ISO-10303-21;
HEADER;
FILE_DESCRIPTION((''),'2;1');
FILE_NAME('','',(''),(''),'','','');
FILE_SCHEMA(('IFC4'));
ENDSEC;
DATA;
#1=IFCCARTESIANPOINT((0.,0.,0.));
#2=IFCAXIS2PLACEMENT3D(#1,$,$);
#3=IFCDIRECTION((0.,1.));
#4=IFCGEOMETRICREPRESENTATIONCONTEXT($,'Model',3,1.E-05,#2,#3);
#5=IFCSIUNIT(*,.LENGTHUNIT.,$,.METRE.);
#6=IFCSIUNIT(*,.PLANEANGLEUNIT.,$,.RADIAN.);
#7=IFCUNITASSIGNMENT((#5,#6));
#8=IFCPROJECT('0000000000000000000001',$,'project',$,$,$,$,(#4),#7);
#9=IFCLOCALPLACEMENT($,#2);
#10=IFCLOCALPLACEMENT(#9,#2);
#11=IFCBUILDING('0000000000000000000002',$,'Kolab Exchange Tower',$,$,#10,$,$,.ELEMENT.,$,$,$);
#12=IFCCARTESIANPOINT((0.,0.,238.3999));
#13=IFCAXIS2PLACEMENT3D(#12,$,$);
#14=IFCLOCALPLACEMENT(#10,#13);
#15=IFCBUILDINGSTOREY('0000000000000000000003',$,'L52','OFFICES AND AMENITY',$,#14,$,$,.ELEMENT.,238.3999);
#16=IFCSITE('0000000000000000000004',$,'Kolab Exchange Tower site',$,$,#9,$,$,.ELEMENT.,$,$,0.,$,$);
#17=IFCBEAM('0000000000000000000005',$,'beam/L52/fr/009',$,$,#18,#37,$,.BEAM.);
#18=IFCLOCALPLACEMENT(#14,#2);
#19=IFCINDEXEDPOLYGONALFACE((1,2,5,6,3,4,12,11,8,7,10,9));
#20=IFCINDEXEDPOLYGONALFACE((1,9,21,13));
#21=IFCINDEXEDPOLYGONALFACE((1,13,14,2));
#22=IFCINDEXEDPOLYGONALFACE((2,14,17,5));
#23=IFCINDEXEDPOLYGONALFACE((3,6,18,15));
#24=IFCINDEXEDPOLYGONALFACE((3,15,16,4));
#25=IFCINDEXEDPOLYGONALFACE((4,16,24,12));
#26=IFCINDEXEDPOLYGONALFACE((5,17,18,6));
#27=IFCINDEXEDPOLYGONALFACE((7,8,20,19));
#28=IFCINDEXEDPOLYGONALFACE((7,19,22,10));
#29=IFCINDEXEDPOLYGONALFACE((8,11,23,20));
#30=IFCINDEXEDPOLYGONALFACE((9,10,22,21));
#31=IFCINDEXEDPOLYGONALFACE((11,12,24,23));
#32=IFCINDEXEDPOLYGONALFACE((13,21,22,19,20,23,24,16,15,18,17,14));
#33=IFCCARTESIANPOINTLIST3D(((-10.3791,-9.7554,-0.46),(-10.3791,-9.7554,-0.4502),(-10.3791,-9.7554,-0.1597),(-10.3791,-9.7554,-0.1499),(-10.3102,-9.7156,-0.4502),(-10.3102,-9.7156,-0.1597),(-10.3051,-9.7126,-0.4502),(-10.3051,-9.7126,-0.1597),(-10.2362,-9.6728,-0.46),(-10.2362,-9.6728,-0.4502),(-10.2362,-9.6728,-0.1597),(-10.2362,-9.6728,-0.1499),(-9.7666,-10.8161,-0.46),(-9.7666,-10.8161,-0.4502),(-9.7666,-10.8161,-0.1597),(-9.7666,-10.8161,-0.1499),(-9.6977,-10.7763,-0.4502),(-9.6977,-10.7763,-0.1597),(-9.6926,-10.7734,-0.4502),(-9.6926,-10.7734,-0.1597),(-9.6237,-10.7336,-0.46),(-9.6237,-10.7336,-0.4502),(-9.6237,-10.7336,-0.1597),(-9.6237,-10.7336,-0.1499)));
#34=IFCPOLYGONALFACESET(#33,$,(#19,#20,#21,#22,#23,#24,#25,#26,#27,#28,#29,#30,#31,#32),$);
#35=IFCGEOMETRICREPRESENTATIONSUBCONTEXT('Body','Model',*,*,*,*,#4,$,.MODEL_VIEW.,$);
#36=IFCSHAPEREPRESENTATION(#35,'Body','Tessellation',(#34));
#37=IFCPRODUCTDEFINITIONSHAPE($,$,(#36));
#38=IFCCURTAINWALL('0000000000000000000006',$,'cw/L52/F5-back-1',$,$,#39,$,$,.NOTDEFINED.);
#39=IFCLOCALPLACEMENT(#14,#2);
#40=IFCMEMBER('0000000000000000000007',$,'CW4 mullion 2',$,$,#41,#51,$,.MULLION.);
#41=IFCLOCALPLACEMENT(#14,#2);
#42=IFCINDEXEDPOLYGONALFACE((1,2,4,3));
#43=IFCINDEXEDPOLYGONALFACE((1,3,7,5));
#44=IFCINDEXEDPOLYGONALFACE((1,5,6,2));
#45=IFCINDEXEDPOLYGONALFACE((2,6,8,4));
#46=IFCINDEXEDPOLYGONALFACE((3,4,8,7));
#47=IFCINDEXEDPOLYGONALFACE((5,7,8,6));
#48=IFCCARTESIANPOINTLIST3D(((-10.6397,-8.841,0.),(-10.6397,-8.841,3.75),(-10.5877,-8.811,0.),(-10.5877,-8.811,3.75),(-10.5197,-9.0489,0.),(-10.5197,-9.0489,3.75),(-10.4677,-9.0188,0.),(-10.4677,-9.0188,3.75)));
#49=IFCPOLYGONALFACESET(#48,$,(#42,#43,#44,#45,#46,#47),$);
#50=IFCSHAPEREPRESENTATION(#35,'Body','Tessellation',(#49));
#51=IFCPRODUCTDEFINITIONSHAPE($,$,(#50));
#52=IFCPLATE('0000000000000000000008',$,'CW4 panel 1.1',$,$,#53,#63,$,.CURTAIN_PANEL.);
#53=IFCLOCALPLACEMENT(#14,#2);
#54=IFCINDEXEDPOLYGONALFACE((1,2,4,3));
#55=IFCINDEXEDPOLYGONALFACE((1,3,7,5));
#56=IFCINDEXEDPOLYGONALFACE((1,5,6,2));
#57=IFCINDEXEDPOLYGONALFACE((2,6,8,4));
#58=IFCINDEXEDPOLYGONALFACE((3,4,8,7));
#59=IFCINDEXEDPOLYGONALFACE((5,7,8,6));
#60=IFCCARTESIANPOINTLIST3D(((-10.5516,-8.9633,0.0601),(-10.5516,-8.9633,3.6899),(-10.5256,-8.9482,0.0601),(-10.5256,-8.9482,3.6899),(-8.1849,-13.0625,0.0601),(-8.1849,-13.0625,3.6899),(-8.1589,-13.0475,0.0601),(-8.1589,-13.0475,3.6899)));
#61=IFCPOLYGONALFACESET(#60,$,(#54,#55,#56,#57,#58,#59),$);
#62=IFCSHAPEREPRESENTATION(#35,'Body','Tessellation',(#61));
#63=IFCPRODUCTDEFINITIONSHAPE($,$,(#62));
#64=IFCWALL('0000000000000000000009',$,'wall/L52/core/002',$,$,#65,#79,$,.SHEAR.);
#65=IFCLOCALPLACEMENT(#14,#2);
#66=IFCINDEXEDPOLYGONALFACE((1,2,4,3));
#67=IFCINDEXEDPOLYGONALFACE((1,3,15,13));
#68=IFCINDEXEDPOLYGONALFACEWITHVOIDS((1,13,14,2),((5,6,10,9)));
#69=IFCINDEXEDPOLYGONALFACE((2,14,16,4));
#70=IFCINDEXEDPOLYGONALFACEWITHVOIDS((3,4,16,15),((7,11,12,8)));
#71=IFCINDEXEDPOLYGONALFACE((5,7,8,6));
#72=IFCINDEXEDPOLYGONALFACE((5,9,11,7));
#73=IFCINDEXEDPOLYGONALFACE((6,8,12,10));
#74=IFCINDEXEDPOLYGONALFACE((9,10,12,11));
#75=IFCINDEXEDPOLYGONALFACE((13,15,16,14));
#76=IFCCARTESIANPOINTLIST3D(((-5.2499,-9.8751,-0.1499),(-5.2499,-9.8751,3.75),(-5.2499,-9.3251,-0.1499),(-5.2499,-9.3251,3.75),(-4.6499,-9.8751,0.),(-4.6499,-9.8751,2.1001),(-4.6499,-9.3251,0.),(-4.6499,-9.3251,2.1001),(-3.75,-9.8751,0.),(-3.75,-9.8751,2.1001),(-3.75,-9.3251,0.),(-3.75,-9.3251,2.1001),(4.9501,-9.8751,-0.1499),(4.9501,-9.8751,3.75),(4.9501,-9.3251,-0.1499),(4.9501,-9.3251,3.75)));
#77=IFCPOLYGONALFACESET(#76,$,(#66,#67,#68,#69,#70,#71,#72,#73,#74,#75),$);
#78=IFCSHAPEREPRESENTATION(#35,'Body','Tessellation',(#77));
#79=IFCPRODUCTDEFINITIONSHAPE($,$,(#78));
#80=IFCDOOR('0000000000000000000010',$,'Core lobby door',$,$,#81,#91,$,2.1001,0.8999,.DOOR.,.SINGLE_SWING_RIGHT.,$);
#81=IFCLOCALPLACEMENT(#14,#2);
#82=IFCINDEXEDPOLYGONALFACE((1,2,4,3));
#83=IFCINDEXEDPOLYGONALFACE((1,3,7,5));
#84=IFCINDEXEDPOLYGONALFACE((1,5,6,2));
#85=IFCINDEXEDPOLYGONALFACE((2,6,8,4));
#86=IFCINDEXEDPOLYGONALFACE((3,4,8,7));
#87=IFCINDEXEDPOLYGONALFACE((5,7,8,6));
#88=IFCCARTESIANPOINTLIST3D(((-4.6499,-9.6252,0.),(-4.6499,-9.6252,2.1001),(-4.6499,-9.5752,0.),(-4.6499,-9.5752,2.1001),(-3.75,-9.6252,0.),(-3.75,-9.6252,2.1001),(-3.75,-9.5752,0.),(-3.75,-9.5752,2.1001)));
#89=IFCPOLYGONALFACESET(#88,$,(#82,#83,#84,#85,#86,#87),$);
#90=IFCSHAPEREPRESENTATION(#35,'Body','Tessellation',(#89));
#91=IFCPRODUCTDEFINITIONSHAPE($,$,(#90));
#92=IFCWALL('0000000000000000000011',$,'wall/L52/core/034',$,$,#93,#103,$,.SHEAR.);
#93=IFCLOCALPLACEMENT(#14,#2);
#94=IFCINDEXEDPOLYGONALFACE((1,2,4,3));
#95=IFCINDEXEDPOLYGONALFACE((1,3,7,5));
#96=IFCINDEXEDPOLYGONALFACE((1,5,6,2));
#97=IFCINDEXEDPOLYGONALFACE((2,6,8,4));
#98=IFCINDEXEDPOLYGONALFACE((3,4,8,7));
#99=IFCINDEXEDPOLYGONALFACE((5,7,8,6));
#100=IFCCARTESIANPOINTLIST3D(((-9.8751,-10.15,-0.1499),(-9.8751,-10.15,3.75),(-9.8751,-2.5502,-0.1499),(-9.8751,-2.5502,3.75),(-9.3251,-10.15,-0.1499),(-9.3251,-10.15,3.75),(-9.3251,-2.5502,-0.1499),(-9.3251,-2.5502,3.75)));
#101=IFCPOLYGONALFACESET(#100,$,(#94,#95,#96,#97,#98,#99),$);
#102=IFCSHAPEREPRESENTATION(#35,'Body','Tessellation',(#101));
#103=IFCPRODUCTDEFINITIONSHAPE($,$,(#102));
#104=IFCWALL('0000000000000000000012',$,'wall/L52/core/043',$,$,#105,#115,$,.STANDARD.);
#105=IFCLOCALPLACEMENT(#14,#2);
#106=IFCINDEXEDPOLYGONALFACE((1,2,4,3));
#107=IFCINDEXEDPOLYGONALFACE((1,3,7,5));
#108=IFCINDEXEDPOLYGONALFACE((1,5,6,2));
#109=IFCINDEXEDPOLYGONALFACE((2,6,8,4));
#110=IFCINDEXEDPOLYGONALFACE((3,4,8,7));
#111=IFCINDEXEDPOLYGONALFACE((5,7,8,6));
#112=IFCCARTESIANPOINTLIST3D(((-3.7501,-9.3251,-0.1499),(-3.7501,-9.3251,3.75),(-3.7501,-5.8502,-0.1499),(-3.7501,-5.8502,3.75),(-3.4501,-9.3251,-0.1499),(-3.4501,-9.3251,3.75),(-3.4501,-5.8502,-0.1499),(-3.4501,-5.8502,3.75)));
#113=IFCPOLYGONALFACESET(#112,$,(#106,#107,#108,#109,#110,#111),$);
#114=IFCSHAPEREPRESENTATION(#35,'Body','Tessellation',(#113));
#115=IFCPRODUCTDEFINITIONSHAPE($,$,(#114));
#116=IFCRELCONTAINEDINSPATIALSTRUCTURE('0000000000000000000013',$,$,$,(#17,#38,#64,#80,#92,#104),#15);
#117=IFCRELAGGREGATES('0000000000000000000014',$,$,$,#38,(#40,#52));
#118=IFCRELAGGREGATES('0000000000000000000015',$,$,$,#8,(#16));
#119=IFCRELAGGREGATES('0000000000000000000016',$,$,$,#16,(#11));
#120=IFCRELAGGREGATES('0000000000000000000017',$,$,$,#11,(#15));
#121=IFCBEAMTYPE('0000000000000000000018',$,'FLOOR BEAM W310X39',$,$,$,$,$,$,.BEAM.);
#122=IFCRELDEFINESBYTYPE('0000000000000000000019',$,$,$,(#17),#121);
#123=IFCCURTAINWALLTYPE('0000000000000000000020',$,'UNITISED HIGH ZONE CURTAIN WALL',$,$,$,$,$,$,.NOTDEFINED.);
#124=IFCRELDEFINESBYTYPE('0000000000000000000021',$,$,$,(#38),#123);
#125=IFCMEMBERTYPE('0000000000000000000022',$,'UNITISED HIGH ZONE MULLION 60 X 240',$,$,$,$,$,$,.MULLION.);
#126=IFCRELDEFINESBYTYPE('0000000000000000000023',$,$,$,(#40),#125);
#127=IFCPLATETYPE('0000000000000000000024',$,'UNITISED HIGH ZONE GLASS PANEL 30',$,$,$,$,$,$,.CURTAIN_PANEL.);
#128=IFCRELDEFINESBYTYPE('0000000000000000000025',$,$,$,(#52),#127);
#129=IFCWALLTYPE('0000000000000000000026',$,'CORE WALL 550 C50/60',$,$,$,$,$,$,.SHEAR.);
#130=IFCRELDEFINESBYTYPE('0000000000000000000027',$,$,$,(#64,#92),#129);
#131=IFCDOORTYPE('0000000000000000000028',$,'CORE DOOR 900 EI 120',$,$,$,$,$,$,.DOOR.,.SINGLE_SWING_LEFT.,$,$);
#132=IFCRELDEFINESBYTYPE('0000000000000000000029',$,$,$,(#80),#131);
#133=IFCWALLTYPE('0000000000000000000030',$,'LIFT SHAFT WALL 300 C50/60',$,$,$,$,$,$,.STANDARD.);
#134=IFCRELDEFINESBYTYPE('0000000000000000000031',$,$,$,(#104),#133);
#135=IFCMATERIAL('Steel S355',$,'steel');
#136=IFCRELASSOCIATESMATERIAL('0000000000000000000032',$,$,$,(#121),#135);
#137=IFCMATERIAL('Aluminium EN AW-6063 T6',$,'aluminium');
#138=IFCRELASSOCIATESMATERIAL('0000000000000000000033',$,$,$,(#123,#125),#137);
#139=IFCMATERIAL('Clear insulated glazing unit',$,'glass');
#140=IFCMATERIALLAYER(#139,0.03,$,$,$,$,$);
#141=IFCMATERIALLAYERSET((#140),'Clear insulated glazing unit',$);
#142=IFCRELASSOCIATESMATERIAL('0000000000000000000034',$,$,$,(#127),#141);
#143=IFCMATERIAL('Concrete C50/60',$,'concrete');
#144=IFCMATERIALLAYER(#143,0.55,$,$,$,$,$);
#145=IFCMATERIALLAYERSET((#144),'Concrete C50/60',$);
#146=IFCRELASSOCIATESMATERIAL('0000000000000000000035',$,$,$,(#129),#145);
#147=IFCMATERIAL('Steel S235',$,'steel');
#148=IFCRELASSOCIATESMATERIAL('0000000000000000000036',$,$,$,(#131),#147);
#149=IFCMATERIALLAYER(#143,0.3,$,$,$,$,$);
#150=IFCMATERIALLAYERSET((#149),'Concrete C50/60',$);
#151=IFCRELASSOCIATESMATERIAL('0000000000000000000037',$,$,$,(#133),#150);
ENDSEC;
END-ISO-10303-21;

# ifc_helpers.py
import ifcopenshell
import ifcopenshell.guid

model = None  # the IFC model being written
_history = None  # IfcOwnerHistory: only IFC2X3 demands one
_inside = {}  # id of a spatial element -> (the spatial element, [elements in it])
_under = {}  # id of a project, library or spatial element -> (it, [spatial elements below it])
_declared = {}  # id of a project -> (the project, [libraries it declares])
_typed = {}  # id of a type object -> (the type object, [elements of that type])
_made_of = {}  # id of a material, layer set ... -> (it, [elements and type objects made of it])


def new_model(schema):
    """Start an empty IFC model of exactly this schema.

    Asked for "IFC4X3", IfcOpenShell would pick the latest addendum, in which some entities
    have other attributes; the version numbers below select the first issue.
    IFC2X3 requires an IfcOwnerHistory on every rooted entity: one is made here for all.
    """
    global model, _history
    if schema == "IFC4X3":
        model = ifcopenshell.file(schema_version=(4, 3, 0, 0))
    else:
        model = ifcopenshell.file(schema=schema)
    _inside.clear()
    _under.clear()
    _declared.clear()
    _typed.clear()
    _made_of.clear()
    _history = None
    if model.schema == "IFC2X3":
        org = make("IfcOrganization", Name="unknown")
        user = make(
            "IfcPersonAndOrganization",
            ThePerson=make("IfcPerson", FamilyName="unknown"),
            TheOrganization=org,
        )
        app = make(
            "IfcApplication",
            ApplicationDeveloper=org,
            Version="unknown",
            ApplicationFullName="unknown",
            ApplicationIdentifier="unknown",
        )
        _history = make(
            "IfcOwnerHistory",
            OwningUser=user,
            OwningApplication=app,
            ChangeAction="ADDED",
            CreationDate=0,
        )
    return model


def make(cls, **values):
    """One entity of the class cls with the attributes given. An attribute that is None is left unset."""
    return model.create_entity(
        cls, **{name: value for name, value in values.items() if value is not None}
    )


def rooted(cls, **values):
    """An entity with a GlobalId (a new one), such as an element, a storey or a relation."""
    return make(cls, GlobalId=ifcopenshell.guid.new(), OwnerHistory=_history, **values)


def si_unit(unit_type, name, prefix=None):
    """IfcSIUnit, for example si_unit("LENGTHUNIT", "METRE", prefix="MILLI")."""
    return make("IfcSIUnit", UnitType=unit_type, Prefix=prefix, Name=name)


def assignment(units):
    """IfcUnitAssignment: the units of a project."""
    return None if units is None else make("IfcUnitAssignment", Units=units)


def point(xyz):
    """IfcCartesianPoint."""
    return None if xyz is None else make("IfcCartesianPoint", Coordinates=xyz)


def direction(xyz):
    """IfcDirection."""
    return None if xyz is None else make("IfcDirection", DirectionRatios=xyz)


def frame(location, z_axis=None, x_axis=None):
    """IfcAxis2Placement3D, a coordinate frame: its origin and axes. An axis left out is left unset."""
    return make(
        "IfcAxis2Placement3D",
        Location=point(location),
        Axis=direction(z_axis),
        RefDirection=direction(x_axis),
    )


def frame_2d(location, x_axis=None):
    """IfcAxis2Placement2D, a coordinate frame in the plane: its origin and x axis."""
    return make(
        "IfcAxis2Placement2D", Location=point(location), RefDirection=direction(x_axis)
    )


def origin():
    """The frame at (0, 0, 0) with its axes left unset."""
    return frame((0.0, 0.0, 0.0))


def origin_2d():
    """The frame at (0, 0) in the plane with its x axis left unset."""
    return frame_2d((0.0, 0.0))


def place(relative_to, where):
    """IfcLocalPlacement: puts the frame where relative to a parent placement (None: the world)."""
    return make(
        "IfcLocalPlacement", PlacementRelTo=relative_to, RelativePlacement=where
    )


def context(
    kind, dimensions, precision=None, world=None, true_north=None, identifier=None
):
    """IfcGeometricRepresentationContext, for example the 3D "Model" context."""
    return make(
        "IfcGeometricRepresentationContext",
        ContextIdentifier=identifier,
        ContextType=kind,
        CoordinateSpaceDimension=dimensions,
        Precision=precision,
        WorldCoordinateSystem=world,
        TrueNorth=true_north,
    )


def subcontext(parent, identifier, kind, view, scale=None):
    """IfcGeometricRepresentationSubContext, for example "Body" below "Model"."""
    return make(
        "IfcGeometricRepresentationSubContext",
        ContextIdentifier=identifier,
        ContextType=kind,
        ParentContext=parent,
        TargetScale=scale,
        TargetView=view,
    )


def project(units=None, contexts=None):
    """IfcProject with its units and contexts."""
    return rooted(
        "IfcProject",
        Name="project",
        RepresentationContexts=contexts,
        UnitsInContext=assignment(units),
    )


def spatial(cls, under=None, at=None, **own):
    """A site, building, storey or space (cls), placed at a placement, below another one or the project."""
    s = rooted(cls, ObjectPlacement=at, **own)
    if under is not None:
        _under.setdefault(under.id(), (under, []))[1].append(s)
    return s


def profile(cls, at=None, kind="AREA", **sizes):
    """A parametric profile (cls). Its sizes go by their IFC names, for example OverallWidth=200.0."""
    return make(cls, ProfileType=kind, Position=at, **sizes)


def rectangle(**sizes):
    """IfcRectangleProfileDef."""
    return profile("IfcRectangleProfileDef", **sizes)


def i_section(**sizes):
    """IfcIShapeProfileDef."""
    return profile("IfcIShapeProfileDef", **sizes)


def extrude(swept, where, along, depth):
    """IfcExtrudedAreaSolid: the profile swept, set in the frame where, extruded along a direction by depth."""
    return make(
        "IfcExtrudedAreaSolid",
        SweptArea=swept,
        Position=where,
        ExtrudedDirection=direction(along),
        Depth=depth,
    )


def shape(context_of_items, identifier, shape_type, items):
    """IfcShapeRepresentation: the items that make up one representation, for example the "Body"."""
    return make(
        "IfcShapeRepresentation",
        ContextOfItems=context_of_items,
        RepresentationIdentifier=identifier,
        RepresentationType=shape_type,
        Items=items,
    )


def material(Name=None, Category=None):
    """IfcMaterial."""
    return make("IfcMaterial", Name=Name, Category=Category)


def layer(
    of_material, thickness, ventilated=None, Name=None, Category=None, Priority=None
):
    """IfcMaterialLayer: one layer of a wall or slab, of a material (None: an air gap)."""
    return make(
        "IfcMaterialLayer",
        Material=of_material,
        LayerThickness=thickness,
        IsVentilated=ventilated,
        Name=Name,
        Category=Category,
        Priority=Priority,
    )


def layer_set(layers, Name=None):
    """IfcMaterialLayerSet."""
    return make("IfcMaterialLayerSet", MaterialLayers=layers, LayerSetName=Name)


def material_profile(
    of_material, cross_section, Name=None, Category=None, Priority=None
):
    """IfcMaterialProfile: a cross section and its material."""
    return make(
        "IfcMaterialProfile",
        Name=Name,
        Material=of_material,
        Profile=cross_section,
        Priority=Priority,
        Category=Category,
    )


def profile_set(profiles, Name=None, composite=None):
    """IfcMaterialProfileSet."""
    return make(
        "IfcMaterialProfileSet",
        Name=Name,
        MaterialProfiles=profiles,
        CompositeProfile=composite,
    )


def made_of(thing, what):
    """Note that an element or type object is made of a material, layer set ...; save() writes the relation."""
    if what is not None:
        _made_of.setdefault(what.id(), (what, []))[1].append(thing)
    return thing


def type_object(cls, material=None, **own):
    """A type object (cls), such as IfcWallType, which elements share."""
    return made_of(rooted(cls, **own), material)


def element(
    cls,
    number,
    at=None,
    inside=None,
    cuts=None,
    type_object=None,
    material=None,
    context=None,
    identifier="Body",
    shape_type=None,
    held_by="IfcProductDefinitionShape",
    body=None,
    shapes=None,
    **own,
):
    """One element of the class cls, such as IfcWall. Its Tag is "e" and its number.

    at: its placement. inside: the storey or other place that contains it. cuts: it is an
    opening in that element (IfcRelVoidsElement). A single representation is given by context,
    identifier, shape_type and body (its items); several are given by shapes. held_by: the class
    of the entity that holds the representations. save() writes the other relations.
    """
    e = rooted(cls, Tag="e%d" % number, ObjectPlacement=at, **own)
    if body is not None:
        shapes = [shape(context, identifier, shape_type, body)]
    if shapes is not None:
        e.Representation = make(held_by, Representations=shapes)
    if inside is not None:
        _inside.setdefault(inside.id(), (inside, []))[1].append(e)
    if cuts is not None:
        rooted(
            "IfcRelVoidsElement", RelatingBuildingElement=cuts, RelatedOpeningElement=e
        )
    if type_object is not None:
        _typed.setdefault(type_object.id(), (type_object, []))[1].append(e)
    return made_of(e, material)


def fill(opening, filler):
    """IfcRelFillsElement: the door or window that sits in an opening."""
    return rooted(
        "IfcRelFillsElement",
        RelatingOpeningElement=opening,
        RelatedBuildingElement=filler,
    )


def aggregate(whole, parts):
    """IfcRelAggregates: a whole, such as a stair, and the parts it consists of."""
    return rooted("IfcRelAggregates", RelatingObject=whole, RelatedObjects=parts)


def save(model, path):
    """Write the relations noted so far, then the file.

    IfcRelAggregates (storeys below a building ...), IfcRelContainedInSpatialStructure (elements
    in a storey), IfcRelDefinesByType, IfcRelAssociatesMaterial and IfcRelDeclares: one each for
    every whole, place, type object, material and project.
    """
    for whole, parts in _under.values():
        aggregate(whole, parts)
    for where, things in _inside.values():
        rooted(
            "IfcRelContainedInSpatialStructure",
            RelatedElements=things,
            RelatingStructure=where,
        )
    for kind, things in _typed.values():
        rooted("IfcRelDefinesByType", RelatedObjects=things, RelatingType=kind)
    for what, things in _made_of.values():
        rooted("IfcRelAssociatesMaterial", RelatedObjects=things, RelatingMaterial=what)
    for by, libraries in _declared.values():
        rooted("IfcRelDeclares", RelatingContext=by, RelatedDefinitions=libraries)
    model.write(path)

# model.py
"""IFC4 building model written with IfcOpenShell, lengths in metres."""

from ifc_helpers import new_model, si_unit, direction, frame, frame_2d, origin, origin_2d, place, context, subcontext, project, spatial, rectangle, i_section, extrude, material, layer, layer_set, material_profile, profile_set, type_object, element, fill, aggregate, save


model = new_model("IFC4")

# Units and contexts
model_context = context("Model", 3, precision=1e-05, world=origin(), true_north=direction((0.0, 1.0)))
body_context = subcontext(model_context, "Body", "Model", "MODEL_VIEW")
ifc_project = project(units=[si_unit("LENGTHUNIT", "METRE"), si_unit("PLANEANGLEUNIT", "RADIAN")], contexts=[model_context])

# Site, building, storey
site_placement = place(None, origin())
site = spatial("IfcSite", under=ifc_project, at=site_placement, Name="Kolab Exchange Tower site", CompositionType="ELEMENT", RefElevation=0.0)
building_placement = place(site_placement, origin())
building = spatial("IfcBuilding", under=site, at=building_placement, Name="Kolab Exchange Tower", CompositionType="ELEMENT")
storey_placement = place(building_placement, frame((0.0, 0.0, 238.3999)))
storey = spatial("IfcBuildingStorey", under=building, at=storey_placement, Name="L52", Description="OFFICES AND AMENITY", CompositionType="ELEMENT", Elevation=238.3999)

# Beam
ifc_material_1 = material(Name="Steel S355", Category="steel")
ifc_material_profile_1 = material_profile(ifc_material_1, i_section(OverallWidth=0.165, OverallDepth=0.3101, WebThickness=0.0059, FlangeThickness=0.0098, at=origin_2d()), Name="W310X39")
ifc_profile_set_1 = profile_set([ifc_material_profile_1], Name="Steel S355")
beam_type = type_object("IfcBeamType", Name="FLOOR BEAM W310X39", PredefinedType="BEAM", material=ifc_profile_set_1)
beam_placement = place(storey_placement, frame((-10.3076, -9.7141, -0.3049), z_axis=(0.500062, -0.86599, 0.0), x_axis=(0.86599, 0.500062, 0.0)))
element("IfcBeam", 1, at=beam_placement, inside=storey, type_object=beam_type, Name="beam/L52/fr/009", PredefinedType="BEAM", context=body_context, shape_type="SweptSolid", body=[
    extrude(i_section(OverallWidth=0.165, OverallDepth=0.3101, WebThickness=0.0059, FlangeThickness=0.0098, at=origin_2d()), origin(), (0.0, 0.0, 1.0), 1.2249),
])

# Curtain wall, member, plate
ifc_material_2 = material(Name="Aluminium EN AW-6063 T6", Category="aluminium")
curtain_wall_type = type_object("IfcCurtainWallType", Name="UNITISED HIGH ZONE CURTAIN WALL", PredefinedType="NOTDEFINED", material=ifc_material_2)
curtain_wall_placement = place(storey_placement, origin())
curtain_wall = element("IfcCurtainWall", 2, at=curtain_wall_placement, inside=storey, type_object=curtain_wall_type, Name="cw/L52/F5-back-1", PredefinedType="NOTDEFINED")
ifc_material_profile_2 = material_profile(ifc_material_2, rectangle(XDim=0.0601, YDim=0.24, at=origin_2d()), Name="RECT 60X240")
ifc_profile_set_2 = profile_set([ifc_material_profile_2], Name="Aluminium EN AW-6063 T6")
member_type = type_object("IfcMemberType", Name="UNITISED HIGH ZONE MULLION 60 X 240", PredefinedType="MULLION", material=ifc_profile_set_2)
member_placement = place(storey_placement, frame((-10.5537, -8.9299, 0.0), z_axis=(0.0, 0.0, 1.0), x_axis=(-0.866025, -0.5, 0.0)))
member = element("IfcMember", 3, at=member_placement, type_object=member_type, Name="CW4 mullion 2", PredefinedType="MULLION", context=body_context, shape_type="SweptSolid", body=[
    extrude(rectangle(XDim=0.0601, YDim=0.24, at=origin_2d()), origin(), (0.0, 0.0, 1.0), 3.75),
])
ifc_material_3 = material(Name="Clear insulated glazing unit", Category="glass")
ifc_layer_1 = layer(ifc_material_3, 0.03)
ifc_layer_set_1 = layer_set([ifc_layer_1], Name="Clear insulated glazing unit")
plate_type = type_object("IfcPlateType", Name="UNITISED HIGH ZONE GLASS PANEL 30", PredefinedType="CURTAIN_PANEL", material=ifc_layer_set_1)
plate_placement = place(storey_placement, frame((-9.3552, -11.0054, 0.0601), z_axis=(0.0, 0.0, 1.0), x_axis=(-0.5, 0.866025, 0.0)))
plate = element("IfcPlate", 4, at=plate_placement, type_object=plate_type, Name="CW4 panel 1.1", PredefinedType="CURTAIN_PANEL", context=body_context, shape_type="SweptSolid", body=[
    extrude(rectangle(XDim=4.7334, YDim=0.03, at=origin_2d()), origin(), (0.0, 0.0, 1.0), 3.6299),
])
aggregate(curtain_wall, [member, plate])

# Wall, opening, door
ifc_material_4 = material(Name="Concrete C50/60", Category="concrete")
ifc_layer_2 = layer(ifc_material_4, 0.55)
ifc_layer_set_2 = layer_set([ifc_layer_2], Name="Concrete C50/60")
wall_type_1 = type_object("IfcWallType", Name="CORE WALL 550 C50/60", PredefinedType="SHEAR", material=ifc_layer_set_2)
wall_1_placement = place(storey_placement, frame((-5.25, -9.6001, -0.1499), z_axis=(0.0, 0.0, 1.0), x_axis=(1.0, 0.0, 0.0)))
wall_1 = element("IfcWall", 5, at=wall_1_placement, inside=storey, type_object=wall_type_1, Name="wall/L52/core/002", PredefinedType="SHEAR", context=body_context, shape_type="SweptSolid", body=[
    extrude(rectangle(XDim=10.2, YDim=0.55, at=frame_2d((5.1001, 0.0))), origin(), (0.0, 0.0, 1.0), 3.8999),
])
opening_1_placement = place(wall_1_placement, frame((0.6001, 0.0, 0.1499)))
opening_1 = element("IfcOpeningElement", 6, at=opening_1_placement, cuts=wall_1, PredefinedType="OPENING", context=body_context, shape_type="SweptSolid", body=[
    extrude(rectangle(XDim=0.8999, YDim=2.1001, at=frame_2d((0.45, 1.05))), frame((0.0, 0.2852, 0.0), z_axis=(0.0, -1.0, 0.0), x_axis=(1.0, 0.0, 0.0)), (0.0, 0.0, 1.0), 0.5701),
])
ifc_material_5 = material(Name="Steel S235", Category="steel")
door_type_1 = type_object("IfcDoorType", Name="CORE DOOR 900 EI 120", OperationType="SINGLE_SWING_LEFT", PredefinedType="DOOR", material=ifc_material_5)
door_1_placement = place(opening_1_placement, origin())
door_1 = element("IfcDoor", 7, at=door_1_placement, inside=storey, type_object=door_type_1, Name="Core lobby door", OperationType="SINGLE_SWING_RIGHT", OverallHeight=2.1001, OverallWidth=0.8999, PredefinedType="DOOR", context=body_context, shape_type="SweptSolid", body=[
    extrude(rectangle(XDim=0.8999, YDim=2.1001, at=frame_2d((0.45, 1.05))), frame((0.0, 0.0249, 0.0), z_axis=(0.0, -1.0, 0.0), x_axis=(1.0, 0.0, 0.0)), (0.0, 0.0, 1.0), 0.05),
])
fill(opening_1, door_1)

# Wall
wall_2_placement = place(storey_placement, frame((-9.6001, -10.1499, -0.1499), z_axis=(0.0, 0.0, 1.0), x_axis=(0.0, 1.0, 0.0)))
element("IfcWall", 8, at=wall_2_placement, inside=storey, type_object=wall_type_1, Name="wall/L52/core/034", PredefinedType="SHEAR", context=body_context, shape_type="SweptSolid", body=[
    extrude(rectangle(XDim=7.5999, YDim=0.55, at=frame_2d((3.7998, 0.0))), origin(), (0.0, 0.0, 1.0), 3.8999),
])

# Wall
ifc_layer_3 = layer(ifc_material_4, 0.3)
ifc_layer_set_3 = layer_set([ifc_layer_3], Name="Concrete C50/60")
wall_type_2 = type_object("IfcWallType", Name="LIFT SHAFT WALL 300 C50/60", PredefinedType="STANDARD", material=ifc_layer_set_3)
wall_3_placement = place(storey_placement, frame((-3.6001, -9.325, -0.1499), z_axis=(0.0, 0.0, 1.0), x_axis=(0.0, 1.0, 0.0)))
element("IfcWall", 9, at=wall_3_placement, inside=storey, type_object=wall_type_2, Name="wall/L52/core/043", PredefinedType="STANDARD", context=body_context, shape_type="SweptSolid", body=[
    extrude(rectangle(XDim=3.4749, YDim=0.3, at=frame_2d((1.7373, 0.0))), origin(), (0.0, 0.0, 1.0), 3.8999),
])

save(model, "model.ifc")
